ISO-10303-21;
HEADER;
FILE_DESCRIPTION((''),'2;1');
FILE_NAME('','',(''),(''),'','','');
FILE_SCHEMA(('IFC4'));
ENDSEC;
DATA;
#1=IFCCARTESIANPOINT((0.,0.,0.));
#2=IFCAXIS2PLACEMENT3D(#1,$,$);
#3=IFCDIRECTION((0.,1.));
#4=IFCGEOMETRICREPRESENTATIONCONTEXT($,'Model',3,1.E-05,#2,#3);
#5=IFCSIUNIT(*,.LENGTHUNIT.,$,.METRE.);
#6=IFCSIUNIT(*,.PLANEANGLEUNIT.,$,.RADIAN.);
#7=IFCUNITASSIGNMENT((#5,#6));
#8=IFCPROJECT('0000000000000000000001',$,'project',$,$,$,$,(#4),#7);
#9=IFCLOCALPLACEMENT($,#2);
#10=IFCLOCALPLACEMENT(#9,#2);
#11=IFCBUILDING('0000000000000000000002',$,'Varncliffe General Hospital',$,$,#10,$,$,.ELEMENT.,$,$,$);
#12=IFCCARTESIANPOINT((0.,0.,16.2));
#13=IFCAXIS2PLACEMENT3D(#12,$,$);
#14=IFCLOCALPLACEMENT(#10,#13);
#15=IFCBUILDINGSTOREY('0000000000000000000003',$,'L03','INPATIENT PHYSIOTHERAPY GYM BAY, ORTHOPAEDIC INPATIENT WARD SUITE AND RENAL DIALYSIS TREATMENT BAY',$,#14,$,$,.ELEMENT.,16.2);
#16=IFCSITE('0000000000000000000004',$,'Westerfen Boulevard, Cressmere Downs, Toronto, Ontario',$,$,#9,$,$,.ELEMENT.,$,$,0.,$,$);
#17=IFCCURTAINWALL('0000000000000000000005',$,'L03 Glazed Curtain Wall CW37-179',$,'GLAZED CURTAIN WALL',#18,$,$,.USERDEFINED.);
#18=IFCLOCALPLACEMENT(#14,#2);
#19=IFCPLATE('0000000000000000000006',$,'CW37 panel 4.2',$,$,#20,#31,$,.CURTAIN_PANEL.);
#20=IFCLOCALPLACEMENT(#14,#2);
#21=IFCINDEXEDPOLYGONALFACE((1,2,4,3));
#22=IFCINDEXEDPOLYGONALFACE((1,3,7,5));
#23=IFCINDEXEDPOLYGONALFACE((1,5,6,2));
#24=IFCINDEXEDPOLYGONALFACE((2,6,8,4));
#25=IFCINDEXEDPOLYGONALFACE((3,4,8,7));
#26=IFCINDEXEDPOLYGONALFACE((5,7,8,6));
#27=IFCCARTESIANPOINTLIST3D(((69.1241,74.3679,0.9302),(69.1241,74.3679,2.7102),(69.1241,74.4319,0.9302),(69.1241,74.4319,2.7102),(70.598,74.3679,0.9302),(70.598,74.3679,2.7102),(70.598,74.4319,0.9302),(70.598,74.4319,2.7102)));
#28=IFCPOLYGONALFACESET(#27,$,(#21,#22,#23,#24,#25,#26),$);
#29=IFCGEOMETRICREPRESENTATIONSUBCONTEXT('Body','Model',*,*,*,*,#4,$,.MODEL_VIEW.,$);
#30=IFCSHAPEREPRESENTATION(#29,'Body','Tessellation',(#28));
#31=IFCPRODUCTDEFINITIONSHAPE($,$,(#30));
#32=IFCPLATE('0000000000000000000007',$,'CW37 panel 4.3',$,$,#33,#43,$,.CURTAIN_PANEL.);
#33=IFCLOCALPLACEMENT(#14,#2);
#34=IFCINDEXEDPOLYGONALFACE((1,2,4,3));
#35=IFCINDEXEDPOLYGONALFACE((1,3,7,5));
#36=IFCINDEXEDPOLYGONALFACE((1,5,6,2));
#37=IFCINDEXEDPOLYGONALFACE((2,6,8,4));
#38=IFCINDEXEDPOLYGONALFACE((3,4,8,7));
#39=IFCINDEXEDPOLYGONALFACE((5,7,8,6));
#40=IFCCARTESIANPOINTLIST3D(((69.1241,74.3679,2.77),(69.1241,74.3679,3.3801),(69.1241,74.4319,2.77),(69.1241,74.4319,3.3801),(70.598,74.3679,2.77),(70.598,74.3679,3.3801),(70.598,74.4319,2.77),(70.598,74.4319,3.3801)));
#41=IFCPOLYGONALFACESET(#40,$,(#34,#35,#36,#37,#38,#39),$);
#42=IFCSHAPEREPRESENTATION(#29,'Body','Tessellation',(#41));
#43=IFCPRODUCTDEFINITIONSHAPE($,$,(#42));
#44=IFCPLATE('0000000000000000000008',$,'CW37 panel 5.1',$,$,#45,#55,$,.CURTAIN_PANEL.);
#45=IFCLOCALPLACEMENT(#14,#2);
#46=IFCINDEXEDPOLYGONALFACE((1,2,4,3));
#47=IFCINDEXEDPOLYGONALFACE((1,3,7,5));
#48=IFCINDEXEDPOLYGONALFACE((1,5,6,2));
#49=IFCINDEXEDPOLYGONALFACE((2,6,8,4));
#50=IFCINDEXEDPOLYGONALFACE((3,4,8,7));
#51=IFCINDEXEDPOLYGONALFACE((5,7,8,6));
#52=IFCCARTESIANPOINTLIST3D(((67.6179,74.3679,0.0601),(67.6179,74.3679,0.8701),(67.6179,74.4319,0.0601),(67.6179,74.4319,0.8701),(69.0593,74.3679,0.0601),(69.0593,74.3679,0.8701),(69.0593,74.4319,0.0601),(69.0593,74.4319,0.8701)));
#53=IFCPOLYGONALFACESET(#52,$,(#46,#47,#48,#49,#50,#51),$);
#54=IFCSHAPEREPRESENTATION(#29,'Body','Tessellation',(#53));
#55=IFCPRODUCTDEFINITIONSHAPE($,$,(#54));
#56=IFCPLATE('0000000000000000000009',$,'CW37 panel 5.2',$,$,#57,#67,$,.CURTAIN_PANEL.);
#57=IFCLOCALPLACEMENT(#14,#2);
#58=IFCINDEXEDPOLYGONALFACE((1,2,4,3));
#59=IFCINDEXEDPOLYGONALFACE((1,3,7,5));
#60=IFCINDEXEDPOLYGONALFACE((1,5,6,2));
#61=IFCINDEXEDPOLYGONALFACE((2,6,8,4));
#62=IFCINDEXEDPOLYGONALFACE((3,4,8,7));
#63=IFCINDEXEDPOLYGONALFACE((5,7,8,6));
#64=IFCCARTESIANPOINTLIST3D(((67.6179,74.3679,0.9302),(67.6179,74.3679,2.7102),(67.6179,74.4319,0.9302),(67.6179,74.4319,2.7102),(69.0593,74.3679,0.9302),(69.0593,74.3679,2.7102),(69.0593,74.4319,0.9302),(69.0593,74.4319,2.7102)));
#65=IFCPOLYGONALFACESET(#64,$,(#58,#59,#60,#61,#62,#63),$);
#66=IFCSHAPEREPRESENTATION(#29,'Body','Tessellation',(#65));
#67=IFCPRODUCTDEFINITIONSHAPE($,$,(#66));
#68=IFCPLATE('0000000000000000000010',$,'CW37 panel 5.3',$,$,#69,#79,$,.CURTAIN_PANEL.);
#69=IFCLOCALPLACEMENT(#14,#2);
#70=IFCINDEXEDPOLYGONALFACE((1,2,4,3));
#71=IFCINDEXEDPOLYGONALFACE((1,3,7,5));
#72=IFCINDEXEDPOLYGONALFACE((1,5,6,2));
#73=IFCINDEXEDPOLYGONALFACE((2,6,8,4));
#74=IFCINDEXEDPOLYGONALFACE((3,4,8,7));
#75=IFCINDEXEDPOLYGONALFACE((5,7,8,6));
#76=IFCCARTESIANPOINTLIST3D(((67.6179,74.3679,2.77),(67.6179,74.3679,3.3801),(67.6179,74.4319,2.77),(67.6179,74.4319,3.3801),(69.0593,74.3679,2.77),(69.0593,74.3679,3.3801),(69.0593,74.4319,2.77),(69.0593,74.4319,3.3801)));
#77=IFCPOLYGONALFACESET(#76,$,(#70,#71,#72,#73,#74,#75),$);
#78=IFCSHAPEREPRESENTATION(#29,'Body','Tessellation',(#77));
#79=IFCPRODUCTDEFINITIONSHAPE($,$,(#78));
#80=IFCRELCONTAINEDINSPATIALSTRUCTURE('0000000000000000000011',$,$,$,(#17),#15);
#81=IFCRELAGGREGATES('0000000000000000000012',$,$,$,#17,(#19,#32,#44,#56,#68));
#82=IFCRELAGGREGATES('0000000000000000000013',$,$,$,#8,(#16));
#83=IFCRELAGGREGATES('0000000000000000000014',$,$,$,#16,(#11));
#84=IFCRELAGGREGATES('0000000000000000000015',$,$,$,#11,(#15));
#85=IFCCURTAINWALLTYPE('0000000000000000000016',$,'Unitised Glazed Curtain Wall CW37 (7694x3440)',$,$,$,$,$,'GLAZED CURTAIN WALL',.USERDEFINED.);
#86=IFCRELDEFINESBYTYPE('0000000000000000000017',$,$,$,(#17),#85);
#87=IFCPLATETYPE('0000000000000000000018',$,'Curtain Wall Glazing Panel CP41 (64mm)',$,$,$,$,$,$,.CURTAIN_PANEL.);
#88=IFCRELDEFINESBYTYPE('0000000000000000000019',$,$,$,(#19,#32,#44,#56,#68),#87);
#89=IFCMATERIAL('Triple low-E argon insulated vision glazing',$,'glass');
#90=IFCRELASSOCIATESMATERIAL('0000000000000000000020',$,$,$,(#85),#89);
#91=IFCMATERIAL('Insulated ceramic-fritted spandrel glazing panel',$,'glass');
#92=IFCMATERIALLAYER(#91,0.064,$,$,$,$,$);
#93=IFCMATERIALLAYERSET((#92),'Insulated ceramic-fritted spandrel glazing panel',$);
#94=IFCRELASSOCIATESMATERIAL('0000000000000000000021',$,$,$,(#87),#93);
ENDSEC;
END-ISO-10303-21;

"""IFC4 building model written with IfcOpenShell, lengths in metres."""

from ifc_helpers import new_model, si_unit, direction, frame, origin, origin_2d, place, context, subcontext, project, spatial, rectangle, extrude, material, layer, layer_set, type_object, element, aggregate, save


model = new_model("IFC4")

# Units and contexts
model_context = context("Model", 3, precision=1e-05, world=origin(), true_north=direction((0.0, 1.0)))
body_context = subcontext(model_context, "Body", "Model", "MODEL_VIEW")
ifc_project = project(units=[si_unit("LENGTHUNIT", "METRE"), si_unit("PLANEANGLEUNIT", "RADIAN")], contexts=[model_context])

# Site, building, storey
site_placement = place(None, origin())
site = spatial("IfcSite", under=ifc_project, at=site_placement, Name="Westerfen Boulevard, Cressmere Downs, Toronto, Ontario", CompositionType="ELEMENT", RefElevation=0.0)
building_placement = place(site_placement, origin())
building = spatial("IfcBuilding", under=site, at=building_placement, Name="Varncliffe General Hospital", CompositionType="ELEMENT")
storey_placement = place(building_placement, frame((0.0, 0.0, 16.2)))
storey = spatial("IfcBuildingStorey", under=building, at=storey_placement, Name="L03", Description="INPATIENT PHYSIOTHERAPY GYM BAY, ORTHOPAEDIC INPATIENT WARD SUITE AND RENAL DIALYSIS TREATMENT BAY", CompositionType="ELEMENT", Elevation=16.2)

# Curtain wall, plates
ifc_material_1 = material(Name="Triple low-E argon insulated vision glazing", Category="glass")
curtain_wall_type = type_object("IfcCurtainWallType", Name="Unitised Glazed Curtain Wall CW37 (7694x3440)", ElementType="GLAZED CURTAIN WALL", PredefinedType="USERDEFINED", material=ifc_material_1)
curtain_wall_placement = place(storey_placement, origin())
curtain_wall = element("IfcCurtainWall", 1, at=curtain_wall_placement, inside=storey, type_object=curtain_wall_type, Name="L03 Glazed Curtain Wall CW37-179", ObjectType="GLAZED CURTAIN WALL", PredefinedType="USERDEFINED")
ifc_material_2 = material(Name="Insulated ceramic-fritted spandrel glazing panel", Category="glass")
ifc_layer = layer(ifc_material_2, 0.064)
ifc_layer_set = layer_set([ifc_layer], Name="Insulated ceramic-fritted spandrel glazing panel")
plate_type = type_object("IfcPlateType", Name="Curtain Wall Glazing Panel CP41 (64mm)", PredefinedType="CURTAIN_PANEL", material=ifc_layer_set)
plate_1_placement = place(storey_placement, frame((69.8611, 74.3999, 0.9302), z_axis=(0.0, 0.0, 1.0), x_axis=(-1.0, 0.0, 0.0)))
plate_1 = element("IfcPlate", 2, at=plate_1_placement, type_object=plate_type, Name="CW37 panel 4.2", PredefinedType="CURTAIN_PANEL", context=body_context, shape_type="SweptSolid", body=[
    extrude(rectangle(XDim=1.4739, YDim=0.064, at=origin_2d()), origin(), (0.0, 0.0, 1.0), 1.78),
])
plate_2_placement = place(storey_placement, frame((69.8611, 74.3999, 2.77), z_axis=(0.0, 0.0, 1.0), x_axis=(-1.0, 0.0, 0.0)))
plate_2 = element("IfcPlate", 3, at=plate_2_placement, type_object=plate_type, Name="CW37 panel 4.3", PredefinedType="CURTAIN_PANEL", context=body_context, shape_type="SweptSolid", body=[
    extrude(rectangle(XDim=1.4739, YDim=0.064, at=origin_2d()), origin(), (0.0, 0.0, 1.0), 0.6101),
])
plate_3_placement = place(storey_placement, frame((68.3386, 74.3999, 0.0601), z_axis=(0.0, 0.0, 1.0), x_axis=(-1.0, 0.0, 0.0)))
plate_3 = element("IfcPlate", 4, at=plate_3_placement, type_object=plate_type, Name="CW37 panel 5.1", PredefinedType="CURTAIN_PANEL", context=body_context, shape_type="SweptSolid", body=[
    extrude(rectangle(XDim=1.4414, YDim=0.064, at=origin_2d()), origin(), (0.0, 0.0, 1.0), 0.8101),
])
plate_4_placement = place(storey_placement, frame((68.3386, 74.3999, 0.9302), z_axis=(0.0, 0.0, 1.0), x_axis=(-1.0, 0.0, 0.0)))
plate_4 = element("IfcPlate", 5, at=plate_4_placement, type_object=plate_type, Name="CW37 panel 5.2", PredefinedType="CURTAIN_PANEL", context=body_context, shape_type="SweptSolid", body=[
    extrude(rectangle(XDim=1.4414, YDim=0.064, at=origin_2d()), origin(), (0.0, 0.0, 1.0), 1.78),
])
plate_5_placement = place(storey_placement, frame((68.3386, 74.3999, 2.77), z_axis=(0.0, 0.0, 1.0), x_axis=(-1.0, 0.0, 0.0)))
plate_5 = element("IfcPlate", 6, at=plate_5_placement, type_object=plate_type, Name="CW37 panel 5.3", PredefinedType="CURTAIN_PANEL", context=body_context, shape_type="SweptSolid", body=[
    extrude(rectangle(XDim=1.4414, YDim=0.064, at=origin_2d()), origin(), (0.0, 0.0, 1.0), 0.6101),
])
aggregate(curtain_wall, [plate_1, plate_2, plate_3, plate_4, plate_5])

save(model, "model.ifc")
